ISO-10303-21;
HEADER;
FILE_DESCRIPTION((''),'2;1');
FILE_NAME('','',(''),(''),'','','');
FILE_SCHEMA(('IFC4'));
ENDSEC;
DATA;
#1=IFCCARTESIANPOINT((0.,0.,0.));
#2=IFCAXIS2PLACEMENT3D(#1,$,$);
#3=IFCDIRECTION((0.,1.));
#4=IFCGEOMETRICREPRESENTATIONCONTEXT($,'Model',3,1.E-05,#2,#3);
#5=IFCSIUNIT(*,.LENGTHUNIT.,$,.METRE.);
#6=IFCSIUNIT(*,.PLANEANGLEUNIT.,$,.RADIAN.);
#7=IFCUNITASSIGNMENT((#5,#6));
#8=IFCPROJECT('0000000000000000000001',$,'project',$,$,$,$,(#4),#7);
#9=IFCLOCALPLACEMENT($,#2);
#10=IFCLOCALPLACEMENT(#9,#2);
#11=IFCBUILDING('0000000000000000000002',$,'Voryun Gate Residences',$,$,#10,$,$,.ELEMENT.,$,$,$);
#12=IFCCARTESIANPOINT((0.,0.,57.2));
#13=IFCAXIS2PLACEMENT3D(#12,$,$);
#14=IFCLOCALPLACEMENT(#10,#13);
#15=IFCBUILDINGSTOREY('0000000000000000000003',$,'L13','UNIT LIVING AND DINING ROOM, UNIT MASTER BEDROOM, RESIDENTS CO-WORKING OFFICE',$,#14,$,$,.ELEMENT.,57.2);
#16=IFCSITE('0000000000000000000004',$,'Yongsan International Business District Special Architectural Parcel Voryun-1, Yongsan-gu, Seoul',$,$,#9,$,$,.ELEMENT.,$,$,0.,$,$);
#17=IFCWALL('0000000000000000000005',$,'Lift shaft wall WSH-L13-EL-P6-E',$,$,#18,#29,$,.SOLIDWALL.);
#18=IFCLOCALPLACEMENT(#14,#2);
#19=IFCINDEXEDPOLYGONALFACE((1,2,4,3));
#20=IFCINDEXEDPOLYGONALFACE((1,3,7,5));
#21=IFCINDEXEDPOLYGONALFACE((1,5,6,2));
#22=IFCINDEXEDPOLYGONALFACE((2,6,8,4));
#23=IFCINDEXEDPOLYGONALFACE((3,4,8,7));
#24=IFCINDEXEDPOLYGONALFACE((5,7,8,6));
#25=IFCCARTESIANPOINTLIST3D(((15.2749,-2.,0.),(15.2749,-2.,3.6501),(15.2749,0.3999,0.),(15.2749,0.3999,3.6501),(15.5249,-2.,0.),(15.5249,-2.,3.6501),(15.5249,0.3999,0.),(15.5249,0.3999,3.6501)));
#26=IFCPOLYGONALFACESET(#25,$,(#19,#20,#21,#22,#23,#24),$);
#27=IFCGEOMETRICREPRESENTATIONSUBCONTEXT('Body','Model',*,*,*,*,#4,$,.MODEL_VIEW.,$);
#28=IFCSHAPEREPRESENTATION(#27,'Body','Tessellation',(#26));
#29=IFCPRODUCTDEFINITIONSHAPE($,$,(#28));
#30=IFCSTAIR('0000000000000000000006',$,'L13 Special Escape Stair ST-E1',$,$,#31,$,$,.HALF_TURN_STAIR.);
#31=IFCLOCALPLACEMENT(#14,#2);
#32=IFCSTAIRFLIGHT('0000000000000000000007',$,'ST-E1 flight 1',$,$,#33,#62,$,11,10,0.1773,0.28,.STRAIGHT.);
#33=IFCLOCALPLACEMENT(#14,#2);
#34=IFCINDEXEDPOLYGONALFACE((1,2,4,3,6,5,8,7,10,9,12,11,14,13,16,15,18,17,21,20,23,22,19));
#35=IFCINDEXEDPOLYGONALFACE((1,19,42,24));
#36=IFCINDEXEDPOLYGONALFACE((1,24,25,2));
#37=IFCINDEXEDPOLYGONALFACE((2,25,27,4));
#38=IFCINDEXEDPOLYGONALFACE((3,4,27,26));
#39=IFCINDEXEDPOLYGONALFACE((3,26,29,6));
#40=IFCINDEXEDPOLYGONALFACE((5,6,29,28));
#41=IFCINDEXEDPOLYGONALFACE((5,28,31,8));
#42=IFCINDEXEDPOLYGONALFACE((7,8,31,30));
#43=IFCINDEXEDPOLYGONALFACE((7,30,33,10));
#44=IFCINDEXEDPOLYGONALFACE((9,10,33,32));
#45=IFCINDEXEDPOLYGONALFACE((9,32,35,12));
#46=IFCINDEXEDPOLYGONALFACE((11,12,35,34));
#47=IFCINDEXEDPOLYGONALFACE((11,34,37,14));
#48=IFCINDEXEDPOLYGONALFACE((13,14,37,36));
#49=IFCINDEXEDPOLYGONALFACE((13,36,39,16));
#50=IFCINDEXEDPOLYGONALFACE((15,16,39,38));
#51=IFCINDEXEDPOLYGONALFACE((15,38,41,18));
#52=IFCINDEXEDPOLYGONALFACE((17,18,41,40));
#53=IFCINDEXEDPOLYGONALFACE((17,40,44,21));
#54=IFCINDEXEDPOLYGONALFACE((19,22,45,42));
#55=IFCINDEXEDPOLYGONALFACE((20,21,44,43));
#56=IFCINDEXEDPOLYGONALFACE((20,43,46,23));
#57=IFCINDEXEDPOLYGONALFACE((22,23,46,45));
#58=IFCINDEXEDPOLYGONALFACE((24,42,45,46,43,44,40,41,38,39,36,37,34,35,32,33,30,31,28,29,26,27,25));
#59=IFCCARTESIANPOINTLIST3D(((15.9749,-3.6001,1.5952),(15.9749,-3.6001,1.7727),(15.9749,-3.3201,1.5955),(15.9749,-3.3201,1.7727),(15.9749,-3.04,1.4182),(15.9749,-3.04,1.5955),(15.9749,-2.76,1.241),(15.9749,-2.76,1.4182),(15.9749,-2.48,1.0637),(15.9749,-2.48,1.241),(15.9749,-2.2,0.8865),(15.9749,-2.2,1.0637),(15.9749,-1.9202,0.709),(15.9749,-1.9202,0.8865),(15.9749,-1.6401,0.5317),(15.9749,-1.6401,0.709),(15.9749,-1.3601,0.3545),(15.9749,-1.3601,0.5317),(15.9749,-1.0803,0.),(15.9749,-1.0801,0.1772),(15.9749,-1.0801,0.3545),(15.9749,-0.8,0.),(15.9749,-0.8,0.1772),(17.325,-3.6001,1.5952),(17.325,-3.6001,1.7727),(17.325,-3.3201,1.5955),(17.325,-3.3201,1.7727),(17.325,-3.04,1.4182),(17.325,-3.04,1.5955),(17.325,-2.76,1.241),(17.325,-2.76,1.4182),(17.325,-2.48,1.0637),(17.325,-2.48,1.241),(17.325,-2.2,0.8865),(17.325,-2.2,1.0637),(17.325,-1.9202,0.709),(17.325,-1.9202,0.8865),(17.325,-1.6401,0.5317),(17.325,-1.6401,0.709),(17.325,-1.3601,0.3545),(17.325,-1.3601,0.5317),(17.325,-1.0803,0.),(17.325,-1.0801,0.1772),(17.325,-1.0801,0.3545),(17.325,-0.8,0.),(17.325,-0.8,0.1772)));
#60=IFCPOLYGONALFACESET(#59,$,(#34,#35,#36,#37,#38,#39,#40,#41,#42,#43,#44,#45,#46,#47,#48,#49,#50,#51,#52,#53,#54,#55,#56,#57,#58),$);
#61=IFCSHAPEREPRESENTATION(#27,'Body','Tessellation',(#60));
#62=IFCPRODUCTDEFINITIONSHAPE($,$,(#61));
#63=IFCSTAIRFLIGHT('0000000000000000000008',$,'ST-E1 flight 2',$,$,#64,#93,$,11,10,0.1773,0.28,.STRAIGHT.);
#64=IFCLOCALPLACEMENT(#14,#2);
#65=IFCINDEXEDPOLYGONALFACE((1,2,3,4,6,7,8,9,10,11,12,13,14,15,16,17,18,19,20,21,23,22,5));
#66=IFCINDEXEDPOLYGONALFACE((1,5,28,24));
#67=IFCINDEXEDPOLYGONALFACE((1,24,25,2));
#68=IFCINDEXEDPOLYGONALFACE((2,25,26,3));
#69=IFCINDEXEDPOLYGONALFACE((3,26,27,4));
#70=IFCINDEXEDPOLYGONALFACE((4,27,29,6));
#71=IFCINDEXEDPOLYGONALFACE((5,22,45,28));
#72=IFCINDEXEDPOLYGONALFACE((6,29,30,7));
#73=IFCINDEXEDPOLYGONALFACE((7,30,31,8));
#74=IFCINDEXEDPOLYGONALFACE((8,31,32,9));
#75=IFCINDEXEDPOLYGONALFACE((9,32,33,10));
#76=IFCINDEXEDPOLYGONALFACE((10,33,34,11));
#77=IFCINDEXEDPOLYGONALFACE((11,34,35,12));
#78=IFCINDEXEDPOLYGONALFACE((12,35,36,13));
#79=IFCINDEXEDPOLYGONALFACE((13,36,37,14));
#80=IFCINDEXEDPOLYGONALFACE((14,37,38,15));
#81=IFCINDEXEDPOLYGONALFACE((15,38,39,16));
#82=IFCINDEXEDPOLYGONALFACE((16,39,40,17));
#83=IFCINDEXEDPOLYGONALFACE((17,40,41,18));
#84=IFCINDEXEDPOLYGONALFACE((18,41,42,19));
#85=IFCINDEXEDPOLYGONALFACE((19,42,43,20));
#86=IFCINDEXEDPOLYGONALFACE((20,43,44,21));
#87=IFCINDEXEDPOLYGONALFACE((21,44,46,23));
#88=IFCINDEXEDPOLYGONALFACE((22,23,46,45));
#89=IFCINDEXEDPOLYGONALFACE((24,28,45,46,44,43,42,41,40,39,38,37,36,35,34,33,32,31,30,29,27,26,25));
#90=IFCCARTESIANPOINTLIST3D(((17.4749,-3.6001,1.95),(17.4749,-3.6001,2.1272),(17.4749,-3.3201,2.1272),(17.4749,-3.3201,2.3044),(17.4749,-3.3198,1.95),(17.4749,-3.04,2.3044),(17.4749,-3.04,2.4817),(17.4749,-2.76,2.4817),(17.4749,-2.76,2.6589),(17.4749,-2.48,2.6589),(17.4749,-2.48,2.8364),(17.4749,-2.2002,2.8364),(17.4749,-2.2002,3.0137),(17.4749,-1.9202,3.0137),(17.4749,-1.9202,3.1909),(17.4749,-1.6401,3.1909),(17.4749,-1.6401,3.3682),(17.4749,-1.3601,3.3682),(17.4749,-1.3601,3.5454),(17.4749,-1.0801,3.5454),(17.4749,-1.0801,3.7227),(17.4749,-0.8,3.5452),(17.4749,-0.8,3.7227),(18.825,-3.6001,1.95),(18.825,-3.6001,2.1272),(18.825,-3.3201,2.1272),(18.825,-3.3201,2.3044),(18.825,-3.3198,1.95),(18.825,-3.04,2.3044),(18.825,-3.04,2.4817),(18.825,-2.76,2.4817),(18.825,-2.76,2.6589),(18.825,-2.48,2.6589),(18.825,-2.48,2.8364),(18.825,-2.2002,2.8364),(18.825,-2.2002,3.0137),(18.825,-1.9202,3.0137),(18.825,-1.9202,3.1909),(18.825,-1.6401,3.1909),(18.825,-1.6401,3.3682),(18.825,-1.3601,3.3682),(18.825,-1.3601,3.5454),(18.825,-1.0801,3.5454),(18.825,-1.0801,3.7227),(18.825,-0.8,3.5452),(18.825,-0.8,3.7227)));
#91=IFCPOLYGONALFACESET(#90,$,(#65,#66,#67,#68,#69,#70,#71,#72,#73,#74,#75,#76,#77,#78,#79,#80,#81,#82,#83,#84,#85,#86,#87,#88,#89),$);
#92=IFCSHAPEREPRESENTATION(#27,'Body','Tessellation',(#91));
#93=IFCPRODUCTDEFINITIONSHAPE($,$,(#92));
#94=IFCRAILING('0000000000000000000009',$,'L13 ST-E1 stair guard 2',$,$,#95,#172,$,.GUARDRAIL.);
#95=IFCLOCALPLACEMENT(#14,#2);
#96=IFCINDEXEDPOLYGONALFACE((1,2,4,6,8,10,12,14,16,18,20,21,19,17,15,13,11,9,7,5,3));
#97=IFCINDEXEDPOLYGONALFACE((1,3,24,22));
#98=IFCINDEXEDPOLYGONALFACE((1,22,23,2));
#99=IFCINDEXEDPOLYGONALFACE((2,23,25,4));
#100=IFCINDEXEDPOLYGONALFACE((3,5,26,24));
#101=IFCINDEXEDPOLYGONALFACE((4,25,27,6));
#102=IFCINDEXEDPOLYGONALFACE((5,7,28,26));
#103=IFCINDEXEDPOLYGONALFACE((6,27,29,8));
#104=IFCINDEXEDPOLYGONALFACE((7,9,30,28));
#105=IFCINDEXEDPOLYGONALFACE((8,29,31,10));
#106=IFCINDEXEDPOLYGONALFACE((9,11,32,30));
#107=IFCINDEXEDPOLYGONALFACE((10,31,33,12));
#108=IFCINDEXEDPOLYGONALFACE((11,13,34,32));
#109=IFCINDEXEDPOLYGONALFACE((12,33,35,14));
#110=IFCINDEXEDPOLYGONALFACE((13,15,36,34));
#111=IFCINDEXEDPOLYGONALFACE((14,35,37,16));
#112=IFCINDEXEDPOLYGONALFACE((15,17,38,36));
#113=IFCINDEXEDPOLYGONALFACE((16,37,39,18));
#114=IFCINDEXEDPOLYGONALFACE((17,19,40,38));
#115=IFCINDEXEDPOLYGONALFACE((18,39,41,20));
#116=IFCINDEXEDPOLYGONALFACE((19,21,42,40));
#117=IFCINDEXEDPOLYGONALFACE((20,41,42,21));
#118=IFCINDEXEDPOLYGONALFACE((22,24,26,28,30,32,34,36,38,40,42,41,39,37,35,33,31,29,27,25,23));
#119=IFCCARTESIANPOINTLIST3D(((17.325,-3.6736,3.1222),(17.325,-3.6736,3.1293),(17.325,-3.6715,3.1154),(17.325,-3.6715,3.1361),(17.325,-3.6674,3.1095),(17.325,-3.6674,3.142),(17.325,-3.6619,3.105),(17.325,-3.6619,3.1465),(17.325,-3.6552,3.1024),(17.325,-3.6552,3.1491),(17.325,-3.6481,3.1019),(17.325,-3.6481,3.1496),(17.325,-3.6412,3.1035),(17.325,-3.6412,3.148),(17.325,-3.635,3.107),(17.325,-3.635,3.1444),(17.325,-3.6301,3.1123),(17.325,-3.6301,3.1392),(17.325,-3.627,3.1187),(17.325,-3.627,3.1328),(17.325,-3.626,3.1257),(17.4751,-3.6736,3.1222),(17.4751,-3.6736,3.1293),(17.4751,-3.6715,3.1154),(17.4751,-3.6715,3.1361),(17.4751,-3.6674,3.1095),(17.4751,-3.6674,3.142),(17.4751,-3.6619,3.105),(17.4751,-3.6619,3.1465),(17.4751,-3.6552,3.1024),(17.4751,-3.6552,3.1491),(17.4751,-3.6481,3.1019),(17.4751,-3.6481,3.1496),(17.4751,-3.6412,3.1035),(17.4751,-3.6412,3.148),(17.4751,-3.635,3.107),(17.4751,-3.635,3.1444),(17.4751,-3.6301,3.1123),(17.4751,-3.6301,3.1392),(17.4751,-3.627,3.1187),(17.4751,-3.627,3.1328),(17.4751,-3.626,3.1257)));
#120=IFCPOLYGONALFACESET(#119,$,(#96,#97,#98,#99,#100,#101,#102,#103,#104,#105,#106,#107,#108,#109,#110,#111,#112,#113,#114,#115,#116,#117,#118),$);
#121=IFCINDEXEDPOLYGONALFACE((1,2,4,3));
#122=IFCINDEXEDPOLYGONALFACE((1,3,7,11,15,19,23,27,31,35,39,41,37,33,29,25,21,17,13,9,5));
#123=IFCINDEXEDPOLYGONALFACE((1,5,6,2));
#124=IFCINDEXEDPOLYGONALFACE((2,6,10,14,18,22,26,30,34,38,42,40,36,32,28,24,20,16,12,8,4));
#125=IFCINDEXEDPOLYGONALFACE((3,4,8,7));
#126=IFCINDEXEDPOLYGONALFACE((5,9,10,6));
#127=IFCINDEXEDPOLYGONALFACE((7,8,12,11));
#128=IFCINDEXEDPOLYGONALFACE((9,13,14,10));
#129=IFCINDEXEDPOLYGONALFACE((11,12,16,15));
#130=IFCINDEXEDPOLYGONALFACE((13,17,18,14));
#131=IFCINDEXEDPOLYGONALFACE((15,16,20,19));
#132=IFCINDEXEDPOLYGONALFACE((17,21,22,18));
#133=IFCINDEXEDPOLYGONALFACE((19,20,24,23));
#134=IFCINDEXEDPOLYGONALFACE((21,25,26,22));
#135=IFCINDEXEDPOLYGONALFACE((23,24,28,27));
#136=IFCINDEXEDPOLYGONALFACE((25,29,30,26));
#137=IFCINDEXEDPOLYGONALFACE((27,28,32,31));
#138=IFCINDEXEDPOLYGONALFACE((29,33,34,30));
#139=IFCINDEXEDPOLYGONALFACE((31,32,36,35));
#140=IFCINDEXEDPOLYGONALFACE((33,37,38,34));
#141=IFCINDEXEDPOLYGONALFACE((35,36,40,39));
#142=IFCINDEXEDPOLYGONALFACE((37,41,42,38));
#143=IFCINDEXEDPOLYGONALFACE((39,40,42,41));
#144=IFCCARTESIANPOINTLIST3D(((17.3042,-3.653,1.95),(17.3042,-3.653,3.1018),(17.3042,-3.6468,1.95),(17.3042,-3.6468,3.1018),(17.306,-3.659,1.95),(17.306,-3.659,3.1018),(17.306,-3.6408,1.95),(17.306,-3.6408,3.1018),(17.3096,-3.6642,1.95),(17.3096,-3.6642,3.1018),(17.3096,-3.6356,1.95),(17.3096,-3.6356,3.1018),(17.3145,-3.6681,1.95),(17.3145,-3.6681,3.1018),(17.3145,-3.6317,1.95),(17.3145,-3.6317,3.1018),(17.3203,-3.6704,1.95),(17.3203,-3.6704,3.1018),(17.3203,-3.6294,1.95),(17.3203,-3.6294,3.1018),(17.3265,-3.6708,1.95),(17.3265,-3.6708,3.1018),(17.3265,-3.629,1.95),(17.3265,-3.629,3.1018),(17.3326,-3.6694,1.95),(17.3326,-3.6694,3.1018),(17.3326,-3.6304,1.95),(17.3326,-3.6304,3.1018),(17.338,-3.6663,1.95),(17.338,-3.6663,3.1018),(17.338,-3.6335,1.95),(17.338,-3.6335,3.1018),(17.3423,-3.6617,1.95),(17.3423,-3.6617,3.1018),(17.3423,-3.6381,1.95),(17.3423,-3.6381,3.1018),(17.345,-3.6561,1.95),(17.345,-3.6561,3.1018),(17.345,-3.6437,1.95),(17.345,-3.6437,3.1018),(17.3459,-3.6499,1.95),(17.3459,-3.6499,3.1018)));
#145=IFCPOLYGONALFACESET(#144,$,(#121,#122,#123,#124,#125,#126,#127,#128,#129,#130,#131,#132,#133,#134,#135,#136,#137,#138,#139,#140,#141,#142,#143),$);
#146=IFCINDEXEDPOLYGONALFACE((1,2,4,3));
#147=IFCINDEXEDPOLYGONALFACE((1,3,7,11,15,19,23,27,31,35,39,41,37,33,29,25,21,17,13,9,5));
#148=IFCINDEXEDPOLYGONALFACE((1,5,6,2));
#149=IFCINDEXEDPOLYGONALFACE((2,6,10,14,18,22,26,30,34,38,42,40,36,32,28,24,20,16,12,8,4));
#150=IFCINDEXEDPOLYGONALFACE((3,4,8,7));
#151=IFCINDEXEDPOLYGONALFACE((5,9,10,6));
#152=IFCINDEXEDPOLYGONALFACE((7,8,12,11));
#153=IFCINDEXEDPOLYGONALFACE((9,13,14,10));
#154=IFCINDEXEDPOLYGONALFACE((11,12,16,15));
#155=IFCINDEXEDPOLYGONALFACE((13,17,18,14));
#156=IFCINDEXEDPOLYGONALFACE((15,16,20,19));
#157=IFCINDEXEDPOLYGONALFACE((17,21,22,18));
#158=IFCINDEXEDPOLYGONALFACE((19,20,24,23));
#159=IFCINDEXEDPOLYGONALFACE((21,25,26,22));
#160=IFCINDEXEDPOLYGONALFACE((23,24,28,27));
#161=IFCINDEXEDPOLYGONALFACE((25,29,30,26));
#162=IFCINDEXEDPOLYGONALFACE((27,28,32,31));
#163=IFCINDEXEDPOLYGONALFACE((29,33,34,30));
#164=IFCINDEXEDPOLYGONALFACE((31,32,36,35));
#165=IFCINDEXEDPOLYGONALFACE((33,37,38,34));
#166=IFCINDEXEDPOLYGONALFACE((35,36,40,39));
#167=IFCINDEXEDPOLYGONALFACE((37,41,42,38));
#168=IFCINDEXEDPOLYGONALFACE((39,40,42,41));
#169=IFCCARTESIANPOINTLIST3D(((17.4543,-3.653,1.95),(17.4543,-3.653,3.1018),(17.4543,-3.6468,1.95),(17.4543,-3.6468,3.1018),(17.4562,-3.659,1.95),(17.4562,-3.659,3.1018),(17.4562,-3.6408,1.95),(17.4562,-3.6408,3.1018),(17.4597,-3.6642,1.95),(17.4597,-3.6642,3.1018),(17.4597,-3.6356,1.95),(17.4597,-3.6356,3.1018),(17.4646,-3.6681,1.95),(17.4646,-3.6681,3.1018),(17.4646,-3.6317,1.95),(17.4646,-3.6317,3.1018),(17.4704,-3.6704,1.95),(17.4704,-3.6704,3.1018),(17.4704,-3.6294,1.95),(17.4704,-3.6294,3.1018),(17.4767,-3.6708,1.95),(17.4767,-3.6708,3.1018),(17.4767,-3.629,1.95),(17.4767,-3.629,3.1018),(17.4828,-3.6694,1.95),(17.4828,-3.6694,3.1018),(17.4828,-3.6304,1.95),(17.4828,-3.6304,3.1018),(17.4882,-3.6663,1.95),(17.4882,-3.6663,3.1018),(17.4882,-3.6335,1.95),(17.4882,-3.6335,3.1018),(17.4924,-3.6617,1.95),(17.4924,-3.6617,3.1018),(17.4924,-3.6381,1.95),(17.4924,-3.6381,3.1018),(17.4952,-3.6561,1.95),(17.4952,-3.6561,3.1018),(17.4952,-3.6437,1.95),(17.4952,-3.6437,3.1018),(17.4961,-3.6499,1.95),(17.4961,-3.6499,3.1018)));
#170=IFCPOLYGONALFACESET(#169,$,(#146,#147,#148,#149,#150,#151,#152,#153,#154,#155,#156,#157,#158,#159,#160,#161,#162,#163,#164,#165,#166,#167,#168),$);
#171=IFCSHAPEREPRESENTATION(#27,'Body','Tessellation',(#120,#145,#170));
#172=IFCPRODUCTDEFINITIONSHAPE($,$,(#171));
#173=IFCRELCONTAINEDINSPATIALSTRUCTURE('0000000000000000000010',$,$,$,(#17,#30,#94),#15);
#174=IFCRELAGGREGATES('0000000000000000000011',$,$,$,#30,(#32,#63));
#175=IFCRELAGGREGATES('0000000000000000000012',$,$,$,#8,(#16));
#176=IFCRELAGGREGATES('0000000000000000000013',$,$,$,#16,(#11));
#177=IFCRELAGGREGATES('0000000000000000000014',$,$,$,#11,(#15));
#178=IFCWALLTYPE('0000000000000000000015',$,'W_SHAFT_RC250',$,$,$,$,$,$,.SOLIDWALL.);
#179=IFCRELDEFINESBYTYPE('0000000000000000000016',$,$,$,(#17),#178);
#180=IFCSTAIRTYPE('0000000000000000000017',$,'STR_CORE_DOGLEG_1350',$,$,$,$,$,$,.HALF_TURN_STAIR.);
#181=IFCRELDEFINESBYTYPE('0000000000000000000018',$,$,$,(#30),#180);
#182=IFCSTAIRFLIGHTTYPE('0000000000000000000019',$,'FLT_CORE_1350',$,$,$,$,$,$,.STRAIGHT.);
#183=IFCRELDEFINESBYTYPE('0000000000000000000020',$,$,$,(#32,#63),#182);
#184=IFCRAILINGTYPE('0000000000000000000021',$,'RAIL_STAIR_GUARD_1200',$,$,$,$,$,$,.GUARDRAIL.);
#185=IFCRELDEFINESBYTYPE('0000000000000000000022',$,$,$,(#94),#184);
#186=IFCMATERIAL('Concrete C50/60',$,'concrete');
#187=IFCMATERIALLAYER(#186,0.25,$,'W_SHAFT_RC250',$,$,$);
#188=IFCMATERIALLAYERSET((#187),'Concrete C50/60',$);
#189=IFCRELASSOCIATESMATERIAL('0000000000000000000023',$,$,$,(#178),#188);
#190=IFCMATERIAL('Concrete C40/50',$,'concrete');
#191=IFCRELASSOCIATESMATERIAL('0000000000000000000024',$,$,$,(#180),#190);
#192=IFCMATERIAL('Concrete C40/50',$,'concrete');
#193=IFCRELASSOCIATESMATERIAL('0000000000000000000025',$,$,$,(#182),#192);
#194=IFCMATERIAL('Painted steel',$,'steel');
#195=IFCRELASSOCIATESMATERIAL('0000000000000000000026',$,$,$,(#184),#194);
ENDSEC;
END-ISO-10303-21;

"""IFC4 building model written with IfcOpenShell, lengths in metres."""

from ifc_helpers import new_model, si_unit, direction, frame, frame_2d, origin, origin_2d, place, context, subcontext, project, spatial, polyline, rectangle, circle, outline, extrude, material, layer, layer_set, type_object, element, aggregate, save


model = new_model("IFC4")

# Units and contexts
model_context = context("Model", 3, precision=1e-05, world=origin(), true_north=direction((0.0, 1.0)))
body_context = subcontext(model_context, "Body", "Model", "MODEL_VIEW")
ifc_project = project(units=[si_unit("LENGTHUNIT", "METRE"), si_unit("PLANEANGLEUNIT", "RADIAN")], contexts=[model_context])

# Site, building, storey
site_placement = place(None, origin())
site = spatial("IfcSite", under=ifc_project, at=site_placement, Name="Yongsan International Business District Special Architectural Parcel Voryun-1, Yongsan-gu, Seoul", CompositionType="ELEMENT", RefElevation=0.0)
building_placement = place(site_placement, origin())
building = spatial("IfcBuilding", under=site, at=building_placement, Name="Voryun Gate Residences", CompositionType="ELEMENT")
storey_placement = place(building_placement, frame((0.0, 0.0, 57.2)))
storey = spatial("IfcBuildingStorey", under=building, at=storey_placement, Name="L13", Description="UNIT LIVING AND DINING ROOM, UNIT MASTER BEDROOM, RESIDENTS CO-WORKING OFFICE", CompositionType="ELEMENT", Elevation=57.2)

# Wall
ifc_material_1 = material(Name="Concrete C50/60", Category="concrete")
ifc_layer_1 = layer(ifc_material_1, 0.25, Name="W_SHAFT_RC250")
ifc_layer_set_1 = layer_set([ifc_layer_1], Name="Concrete C50/60")
wall_type_1 = type_object("IfcWallType", Name="W_SHAFT_RC250", PredefinedType="SOLIDWALL", material=ifc_layer_set_1)
wall_1_placement = place(storey_placement, frame((15.3999, -2.0, 0.0), z_axis=(0.0, 0.0, 1.0), x_axis=(0.0, 1.0, 0.0)))
element("IfcWall", 1, at=wall_1_placement, inside=storey, type_object=wall_type_1, Name="Lift shaft wall WSH-L13-EL-P6-E", PredefinedType="SOLIDWALL", context=body_context, shape_type="SweptSolid", body=[
    extrude(rectangle(XDim=2.3999, YDim=0.25, at=frame_2d((1.2, 0.0))), origin(), (0.0, 0.0, 1.0), 3.6501),
])

# Stair, stair flights
ifc_material_2 = material(Name="Concrete C40/50", Category="concrete")
stair_type = type_object("IfcStairType", Name="STR_CORE_DOGLEG_1350", PredefinedType="HALF_TURN_STAIR", material=ifc_material_2)
stair_placement = place(storey_placement, origin())
stair = element("IfcStair", 2, at=stair_placement, inside=storey, type_object=stair_type, Name="L13 Special Escape Stair ST-E1", PredefinedType="HALF_TURN_STAIR")
ifc_material_3 = material(Name="Concrete C40/50", Category="concrete")
stair_flight_type = type_object("IfcStairFlightType", Name="FLT_CORE_1350", PredefinedType="STRAIGHT", material=ifc_material_3)
stair_flight_1_placement = place(storey_placement, frame((16.6499, -0.8, 0.0), z_axis=(0.0, 0.0, 1.0), x_axis=(0.0, -1.0, 0.0)))
stair_flight_1 = element("IfcStairFlight", 3, at=stair_flight_1_placement, type_object=stair_flight_type, Name="ST-E1 flight 1", NumberOfRisers=11, NumberOfTreads=10, PredefinedType="STRAIGHT", RiserHeight=0.1773, TreadLength=0.28, context=body_context, shape_type="SweptSolid", body=[
    extrude(outline(polyline([(0.0, 0.0), (0.0, 0.1772), (0.28, 0.1772), (0.28, 0.3545), (0.5601, 0.3545), (0.5601, 0.5317), (0.8401, 0.5317), (0.8401, 0.709), (1.1201, 0.709), (1.1201, 0.8865), (1.3999, 0.8865), (1.3999, 1.0637), (1.6799, 1.0637), (1.6799, 1.241), (1.96, 1.241), (1.96, 1.4182), (2.24, 1.4182), (2.24, 1.5955), (2.52, 1.5955), (2.52, 1.7727), (2.8, 1.7727), (2.8, 1.95), (2.8, 1.5952), (0.2803, 0.0), (0.0, 0.0)])), frame((0.0, 0.675, 0.0), z_axis=(0.0, -1.0, 0.0), x_axis=(1.0, 0.0, 0.0)), (0.0, 0.0, 1.0), 1.3501),
])
stair_flight_2_placement = place(storey_placement, frame((18.1499, -3.6001, 1.95), z_axis=(0.0, 0.0, 1.0), x_axis=(0.0, 1.0, 0.0)))
stair_flight_2 = element("IfcStairFlight", 4, at=stair_flight_2_placement, type_object=stair_flight_type, Name="ST-E1 flight 2", NumberOfRisers=11, NumberOfTreads=10, PredefinedType="STRAIGHT", RiserHeight=0.1773, TreadLength=0.28, context=body_context, shape_type="SweptSolid", body=[
    extrude(outline(polyline([(0.0, 0.0), (0.0, 0.1772), (0.28, 0.1772), (0.28, 0.3545), (0.5601, 0.3545), (0.5601, 0.5317), (0.8401, 0.5317), (0.8401, 0.709), (1.1201, 0.709), (1.1201, 0.8865), (1.3999, 0.8865), (1.3999, 1.0637), (1.6799, 1.0637), (1.6799, 1.241), (1.96, 1.241), (1.96, 1.4182), (2.24, 1.4182), (2.24, 1.5955), (2.52, 1.5955), (2.52, 1.7727), (2.8, 1.7727), (2.8, 1.95), (2.8, 1.5952), (0.2803, 0.0), (0.0, 0.0)])), frame((0.0, 0.675, 0.0), z_axis=(0.0, -1.0, 0.0), x_axis=(1.0, 0.0, 0.0)), (0.0, 0.0, 1.0), 1.3501),
])
aggregate(stair, [stair_flight_1, stair_flight_2])

# Railing
ifc_material_4 = material(Name="Painted steel", Category="steel")
railing_type_1 = type_object("IfcRailingType", Name="RAIL_STAIR_GUARD_1200", PredefinedType="GUARDRAIL", material=ifc_material_4)
railing_1_placement = place(storey_placement, frame((17.325, -3.6499, 1.95)))
element("IfcRailing", 5, at=railing_1_placement, inside=storey, type_object=railing_type_1, Name="L13 ST-E1 stair guard 2", PredefinedType="GUARDRAIL", context=body_context, shape_type="SweptSolid", body=[
    extrude(circle(Radius=0.0239, at=origin_2d()), frame((0.0, 0.0, 1.1758), z_axis=(1.0, 0.0, 0.0), x_axis=(0.0, 1.0, 0.0)), (0.0, 0.0, 1.0), 0.1501),
    extrude(circle(Radius=0.021, at=origin_2d()), origin(), (0.0, 0.0, 1.0), 1.1519),
    extrude(circle(Radius=0.021, at=origin_2d()), frame((0.1501, 0.0, 0.0)), (0.0, 0.0, 1.0), 1.1519),
])

save(model, "model.ifc")
